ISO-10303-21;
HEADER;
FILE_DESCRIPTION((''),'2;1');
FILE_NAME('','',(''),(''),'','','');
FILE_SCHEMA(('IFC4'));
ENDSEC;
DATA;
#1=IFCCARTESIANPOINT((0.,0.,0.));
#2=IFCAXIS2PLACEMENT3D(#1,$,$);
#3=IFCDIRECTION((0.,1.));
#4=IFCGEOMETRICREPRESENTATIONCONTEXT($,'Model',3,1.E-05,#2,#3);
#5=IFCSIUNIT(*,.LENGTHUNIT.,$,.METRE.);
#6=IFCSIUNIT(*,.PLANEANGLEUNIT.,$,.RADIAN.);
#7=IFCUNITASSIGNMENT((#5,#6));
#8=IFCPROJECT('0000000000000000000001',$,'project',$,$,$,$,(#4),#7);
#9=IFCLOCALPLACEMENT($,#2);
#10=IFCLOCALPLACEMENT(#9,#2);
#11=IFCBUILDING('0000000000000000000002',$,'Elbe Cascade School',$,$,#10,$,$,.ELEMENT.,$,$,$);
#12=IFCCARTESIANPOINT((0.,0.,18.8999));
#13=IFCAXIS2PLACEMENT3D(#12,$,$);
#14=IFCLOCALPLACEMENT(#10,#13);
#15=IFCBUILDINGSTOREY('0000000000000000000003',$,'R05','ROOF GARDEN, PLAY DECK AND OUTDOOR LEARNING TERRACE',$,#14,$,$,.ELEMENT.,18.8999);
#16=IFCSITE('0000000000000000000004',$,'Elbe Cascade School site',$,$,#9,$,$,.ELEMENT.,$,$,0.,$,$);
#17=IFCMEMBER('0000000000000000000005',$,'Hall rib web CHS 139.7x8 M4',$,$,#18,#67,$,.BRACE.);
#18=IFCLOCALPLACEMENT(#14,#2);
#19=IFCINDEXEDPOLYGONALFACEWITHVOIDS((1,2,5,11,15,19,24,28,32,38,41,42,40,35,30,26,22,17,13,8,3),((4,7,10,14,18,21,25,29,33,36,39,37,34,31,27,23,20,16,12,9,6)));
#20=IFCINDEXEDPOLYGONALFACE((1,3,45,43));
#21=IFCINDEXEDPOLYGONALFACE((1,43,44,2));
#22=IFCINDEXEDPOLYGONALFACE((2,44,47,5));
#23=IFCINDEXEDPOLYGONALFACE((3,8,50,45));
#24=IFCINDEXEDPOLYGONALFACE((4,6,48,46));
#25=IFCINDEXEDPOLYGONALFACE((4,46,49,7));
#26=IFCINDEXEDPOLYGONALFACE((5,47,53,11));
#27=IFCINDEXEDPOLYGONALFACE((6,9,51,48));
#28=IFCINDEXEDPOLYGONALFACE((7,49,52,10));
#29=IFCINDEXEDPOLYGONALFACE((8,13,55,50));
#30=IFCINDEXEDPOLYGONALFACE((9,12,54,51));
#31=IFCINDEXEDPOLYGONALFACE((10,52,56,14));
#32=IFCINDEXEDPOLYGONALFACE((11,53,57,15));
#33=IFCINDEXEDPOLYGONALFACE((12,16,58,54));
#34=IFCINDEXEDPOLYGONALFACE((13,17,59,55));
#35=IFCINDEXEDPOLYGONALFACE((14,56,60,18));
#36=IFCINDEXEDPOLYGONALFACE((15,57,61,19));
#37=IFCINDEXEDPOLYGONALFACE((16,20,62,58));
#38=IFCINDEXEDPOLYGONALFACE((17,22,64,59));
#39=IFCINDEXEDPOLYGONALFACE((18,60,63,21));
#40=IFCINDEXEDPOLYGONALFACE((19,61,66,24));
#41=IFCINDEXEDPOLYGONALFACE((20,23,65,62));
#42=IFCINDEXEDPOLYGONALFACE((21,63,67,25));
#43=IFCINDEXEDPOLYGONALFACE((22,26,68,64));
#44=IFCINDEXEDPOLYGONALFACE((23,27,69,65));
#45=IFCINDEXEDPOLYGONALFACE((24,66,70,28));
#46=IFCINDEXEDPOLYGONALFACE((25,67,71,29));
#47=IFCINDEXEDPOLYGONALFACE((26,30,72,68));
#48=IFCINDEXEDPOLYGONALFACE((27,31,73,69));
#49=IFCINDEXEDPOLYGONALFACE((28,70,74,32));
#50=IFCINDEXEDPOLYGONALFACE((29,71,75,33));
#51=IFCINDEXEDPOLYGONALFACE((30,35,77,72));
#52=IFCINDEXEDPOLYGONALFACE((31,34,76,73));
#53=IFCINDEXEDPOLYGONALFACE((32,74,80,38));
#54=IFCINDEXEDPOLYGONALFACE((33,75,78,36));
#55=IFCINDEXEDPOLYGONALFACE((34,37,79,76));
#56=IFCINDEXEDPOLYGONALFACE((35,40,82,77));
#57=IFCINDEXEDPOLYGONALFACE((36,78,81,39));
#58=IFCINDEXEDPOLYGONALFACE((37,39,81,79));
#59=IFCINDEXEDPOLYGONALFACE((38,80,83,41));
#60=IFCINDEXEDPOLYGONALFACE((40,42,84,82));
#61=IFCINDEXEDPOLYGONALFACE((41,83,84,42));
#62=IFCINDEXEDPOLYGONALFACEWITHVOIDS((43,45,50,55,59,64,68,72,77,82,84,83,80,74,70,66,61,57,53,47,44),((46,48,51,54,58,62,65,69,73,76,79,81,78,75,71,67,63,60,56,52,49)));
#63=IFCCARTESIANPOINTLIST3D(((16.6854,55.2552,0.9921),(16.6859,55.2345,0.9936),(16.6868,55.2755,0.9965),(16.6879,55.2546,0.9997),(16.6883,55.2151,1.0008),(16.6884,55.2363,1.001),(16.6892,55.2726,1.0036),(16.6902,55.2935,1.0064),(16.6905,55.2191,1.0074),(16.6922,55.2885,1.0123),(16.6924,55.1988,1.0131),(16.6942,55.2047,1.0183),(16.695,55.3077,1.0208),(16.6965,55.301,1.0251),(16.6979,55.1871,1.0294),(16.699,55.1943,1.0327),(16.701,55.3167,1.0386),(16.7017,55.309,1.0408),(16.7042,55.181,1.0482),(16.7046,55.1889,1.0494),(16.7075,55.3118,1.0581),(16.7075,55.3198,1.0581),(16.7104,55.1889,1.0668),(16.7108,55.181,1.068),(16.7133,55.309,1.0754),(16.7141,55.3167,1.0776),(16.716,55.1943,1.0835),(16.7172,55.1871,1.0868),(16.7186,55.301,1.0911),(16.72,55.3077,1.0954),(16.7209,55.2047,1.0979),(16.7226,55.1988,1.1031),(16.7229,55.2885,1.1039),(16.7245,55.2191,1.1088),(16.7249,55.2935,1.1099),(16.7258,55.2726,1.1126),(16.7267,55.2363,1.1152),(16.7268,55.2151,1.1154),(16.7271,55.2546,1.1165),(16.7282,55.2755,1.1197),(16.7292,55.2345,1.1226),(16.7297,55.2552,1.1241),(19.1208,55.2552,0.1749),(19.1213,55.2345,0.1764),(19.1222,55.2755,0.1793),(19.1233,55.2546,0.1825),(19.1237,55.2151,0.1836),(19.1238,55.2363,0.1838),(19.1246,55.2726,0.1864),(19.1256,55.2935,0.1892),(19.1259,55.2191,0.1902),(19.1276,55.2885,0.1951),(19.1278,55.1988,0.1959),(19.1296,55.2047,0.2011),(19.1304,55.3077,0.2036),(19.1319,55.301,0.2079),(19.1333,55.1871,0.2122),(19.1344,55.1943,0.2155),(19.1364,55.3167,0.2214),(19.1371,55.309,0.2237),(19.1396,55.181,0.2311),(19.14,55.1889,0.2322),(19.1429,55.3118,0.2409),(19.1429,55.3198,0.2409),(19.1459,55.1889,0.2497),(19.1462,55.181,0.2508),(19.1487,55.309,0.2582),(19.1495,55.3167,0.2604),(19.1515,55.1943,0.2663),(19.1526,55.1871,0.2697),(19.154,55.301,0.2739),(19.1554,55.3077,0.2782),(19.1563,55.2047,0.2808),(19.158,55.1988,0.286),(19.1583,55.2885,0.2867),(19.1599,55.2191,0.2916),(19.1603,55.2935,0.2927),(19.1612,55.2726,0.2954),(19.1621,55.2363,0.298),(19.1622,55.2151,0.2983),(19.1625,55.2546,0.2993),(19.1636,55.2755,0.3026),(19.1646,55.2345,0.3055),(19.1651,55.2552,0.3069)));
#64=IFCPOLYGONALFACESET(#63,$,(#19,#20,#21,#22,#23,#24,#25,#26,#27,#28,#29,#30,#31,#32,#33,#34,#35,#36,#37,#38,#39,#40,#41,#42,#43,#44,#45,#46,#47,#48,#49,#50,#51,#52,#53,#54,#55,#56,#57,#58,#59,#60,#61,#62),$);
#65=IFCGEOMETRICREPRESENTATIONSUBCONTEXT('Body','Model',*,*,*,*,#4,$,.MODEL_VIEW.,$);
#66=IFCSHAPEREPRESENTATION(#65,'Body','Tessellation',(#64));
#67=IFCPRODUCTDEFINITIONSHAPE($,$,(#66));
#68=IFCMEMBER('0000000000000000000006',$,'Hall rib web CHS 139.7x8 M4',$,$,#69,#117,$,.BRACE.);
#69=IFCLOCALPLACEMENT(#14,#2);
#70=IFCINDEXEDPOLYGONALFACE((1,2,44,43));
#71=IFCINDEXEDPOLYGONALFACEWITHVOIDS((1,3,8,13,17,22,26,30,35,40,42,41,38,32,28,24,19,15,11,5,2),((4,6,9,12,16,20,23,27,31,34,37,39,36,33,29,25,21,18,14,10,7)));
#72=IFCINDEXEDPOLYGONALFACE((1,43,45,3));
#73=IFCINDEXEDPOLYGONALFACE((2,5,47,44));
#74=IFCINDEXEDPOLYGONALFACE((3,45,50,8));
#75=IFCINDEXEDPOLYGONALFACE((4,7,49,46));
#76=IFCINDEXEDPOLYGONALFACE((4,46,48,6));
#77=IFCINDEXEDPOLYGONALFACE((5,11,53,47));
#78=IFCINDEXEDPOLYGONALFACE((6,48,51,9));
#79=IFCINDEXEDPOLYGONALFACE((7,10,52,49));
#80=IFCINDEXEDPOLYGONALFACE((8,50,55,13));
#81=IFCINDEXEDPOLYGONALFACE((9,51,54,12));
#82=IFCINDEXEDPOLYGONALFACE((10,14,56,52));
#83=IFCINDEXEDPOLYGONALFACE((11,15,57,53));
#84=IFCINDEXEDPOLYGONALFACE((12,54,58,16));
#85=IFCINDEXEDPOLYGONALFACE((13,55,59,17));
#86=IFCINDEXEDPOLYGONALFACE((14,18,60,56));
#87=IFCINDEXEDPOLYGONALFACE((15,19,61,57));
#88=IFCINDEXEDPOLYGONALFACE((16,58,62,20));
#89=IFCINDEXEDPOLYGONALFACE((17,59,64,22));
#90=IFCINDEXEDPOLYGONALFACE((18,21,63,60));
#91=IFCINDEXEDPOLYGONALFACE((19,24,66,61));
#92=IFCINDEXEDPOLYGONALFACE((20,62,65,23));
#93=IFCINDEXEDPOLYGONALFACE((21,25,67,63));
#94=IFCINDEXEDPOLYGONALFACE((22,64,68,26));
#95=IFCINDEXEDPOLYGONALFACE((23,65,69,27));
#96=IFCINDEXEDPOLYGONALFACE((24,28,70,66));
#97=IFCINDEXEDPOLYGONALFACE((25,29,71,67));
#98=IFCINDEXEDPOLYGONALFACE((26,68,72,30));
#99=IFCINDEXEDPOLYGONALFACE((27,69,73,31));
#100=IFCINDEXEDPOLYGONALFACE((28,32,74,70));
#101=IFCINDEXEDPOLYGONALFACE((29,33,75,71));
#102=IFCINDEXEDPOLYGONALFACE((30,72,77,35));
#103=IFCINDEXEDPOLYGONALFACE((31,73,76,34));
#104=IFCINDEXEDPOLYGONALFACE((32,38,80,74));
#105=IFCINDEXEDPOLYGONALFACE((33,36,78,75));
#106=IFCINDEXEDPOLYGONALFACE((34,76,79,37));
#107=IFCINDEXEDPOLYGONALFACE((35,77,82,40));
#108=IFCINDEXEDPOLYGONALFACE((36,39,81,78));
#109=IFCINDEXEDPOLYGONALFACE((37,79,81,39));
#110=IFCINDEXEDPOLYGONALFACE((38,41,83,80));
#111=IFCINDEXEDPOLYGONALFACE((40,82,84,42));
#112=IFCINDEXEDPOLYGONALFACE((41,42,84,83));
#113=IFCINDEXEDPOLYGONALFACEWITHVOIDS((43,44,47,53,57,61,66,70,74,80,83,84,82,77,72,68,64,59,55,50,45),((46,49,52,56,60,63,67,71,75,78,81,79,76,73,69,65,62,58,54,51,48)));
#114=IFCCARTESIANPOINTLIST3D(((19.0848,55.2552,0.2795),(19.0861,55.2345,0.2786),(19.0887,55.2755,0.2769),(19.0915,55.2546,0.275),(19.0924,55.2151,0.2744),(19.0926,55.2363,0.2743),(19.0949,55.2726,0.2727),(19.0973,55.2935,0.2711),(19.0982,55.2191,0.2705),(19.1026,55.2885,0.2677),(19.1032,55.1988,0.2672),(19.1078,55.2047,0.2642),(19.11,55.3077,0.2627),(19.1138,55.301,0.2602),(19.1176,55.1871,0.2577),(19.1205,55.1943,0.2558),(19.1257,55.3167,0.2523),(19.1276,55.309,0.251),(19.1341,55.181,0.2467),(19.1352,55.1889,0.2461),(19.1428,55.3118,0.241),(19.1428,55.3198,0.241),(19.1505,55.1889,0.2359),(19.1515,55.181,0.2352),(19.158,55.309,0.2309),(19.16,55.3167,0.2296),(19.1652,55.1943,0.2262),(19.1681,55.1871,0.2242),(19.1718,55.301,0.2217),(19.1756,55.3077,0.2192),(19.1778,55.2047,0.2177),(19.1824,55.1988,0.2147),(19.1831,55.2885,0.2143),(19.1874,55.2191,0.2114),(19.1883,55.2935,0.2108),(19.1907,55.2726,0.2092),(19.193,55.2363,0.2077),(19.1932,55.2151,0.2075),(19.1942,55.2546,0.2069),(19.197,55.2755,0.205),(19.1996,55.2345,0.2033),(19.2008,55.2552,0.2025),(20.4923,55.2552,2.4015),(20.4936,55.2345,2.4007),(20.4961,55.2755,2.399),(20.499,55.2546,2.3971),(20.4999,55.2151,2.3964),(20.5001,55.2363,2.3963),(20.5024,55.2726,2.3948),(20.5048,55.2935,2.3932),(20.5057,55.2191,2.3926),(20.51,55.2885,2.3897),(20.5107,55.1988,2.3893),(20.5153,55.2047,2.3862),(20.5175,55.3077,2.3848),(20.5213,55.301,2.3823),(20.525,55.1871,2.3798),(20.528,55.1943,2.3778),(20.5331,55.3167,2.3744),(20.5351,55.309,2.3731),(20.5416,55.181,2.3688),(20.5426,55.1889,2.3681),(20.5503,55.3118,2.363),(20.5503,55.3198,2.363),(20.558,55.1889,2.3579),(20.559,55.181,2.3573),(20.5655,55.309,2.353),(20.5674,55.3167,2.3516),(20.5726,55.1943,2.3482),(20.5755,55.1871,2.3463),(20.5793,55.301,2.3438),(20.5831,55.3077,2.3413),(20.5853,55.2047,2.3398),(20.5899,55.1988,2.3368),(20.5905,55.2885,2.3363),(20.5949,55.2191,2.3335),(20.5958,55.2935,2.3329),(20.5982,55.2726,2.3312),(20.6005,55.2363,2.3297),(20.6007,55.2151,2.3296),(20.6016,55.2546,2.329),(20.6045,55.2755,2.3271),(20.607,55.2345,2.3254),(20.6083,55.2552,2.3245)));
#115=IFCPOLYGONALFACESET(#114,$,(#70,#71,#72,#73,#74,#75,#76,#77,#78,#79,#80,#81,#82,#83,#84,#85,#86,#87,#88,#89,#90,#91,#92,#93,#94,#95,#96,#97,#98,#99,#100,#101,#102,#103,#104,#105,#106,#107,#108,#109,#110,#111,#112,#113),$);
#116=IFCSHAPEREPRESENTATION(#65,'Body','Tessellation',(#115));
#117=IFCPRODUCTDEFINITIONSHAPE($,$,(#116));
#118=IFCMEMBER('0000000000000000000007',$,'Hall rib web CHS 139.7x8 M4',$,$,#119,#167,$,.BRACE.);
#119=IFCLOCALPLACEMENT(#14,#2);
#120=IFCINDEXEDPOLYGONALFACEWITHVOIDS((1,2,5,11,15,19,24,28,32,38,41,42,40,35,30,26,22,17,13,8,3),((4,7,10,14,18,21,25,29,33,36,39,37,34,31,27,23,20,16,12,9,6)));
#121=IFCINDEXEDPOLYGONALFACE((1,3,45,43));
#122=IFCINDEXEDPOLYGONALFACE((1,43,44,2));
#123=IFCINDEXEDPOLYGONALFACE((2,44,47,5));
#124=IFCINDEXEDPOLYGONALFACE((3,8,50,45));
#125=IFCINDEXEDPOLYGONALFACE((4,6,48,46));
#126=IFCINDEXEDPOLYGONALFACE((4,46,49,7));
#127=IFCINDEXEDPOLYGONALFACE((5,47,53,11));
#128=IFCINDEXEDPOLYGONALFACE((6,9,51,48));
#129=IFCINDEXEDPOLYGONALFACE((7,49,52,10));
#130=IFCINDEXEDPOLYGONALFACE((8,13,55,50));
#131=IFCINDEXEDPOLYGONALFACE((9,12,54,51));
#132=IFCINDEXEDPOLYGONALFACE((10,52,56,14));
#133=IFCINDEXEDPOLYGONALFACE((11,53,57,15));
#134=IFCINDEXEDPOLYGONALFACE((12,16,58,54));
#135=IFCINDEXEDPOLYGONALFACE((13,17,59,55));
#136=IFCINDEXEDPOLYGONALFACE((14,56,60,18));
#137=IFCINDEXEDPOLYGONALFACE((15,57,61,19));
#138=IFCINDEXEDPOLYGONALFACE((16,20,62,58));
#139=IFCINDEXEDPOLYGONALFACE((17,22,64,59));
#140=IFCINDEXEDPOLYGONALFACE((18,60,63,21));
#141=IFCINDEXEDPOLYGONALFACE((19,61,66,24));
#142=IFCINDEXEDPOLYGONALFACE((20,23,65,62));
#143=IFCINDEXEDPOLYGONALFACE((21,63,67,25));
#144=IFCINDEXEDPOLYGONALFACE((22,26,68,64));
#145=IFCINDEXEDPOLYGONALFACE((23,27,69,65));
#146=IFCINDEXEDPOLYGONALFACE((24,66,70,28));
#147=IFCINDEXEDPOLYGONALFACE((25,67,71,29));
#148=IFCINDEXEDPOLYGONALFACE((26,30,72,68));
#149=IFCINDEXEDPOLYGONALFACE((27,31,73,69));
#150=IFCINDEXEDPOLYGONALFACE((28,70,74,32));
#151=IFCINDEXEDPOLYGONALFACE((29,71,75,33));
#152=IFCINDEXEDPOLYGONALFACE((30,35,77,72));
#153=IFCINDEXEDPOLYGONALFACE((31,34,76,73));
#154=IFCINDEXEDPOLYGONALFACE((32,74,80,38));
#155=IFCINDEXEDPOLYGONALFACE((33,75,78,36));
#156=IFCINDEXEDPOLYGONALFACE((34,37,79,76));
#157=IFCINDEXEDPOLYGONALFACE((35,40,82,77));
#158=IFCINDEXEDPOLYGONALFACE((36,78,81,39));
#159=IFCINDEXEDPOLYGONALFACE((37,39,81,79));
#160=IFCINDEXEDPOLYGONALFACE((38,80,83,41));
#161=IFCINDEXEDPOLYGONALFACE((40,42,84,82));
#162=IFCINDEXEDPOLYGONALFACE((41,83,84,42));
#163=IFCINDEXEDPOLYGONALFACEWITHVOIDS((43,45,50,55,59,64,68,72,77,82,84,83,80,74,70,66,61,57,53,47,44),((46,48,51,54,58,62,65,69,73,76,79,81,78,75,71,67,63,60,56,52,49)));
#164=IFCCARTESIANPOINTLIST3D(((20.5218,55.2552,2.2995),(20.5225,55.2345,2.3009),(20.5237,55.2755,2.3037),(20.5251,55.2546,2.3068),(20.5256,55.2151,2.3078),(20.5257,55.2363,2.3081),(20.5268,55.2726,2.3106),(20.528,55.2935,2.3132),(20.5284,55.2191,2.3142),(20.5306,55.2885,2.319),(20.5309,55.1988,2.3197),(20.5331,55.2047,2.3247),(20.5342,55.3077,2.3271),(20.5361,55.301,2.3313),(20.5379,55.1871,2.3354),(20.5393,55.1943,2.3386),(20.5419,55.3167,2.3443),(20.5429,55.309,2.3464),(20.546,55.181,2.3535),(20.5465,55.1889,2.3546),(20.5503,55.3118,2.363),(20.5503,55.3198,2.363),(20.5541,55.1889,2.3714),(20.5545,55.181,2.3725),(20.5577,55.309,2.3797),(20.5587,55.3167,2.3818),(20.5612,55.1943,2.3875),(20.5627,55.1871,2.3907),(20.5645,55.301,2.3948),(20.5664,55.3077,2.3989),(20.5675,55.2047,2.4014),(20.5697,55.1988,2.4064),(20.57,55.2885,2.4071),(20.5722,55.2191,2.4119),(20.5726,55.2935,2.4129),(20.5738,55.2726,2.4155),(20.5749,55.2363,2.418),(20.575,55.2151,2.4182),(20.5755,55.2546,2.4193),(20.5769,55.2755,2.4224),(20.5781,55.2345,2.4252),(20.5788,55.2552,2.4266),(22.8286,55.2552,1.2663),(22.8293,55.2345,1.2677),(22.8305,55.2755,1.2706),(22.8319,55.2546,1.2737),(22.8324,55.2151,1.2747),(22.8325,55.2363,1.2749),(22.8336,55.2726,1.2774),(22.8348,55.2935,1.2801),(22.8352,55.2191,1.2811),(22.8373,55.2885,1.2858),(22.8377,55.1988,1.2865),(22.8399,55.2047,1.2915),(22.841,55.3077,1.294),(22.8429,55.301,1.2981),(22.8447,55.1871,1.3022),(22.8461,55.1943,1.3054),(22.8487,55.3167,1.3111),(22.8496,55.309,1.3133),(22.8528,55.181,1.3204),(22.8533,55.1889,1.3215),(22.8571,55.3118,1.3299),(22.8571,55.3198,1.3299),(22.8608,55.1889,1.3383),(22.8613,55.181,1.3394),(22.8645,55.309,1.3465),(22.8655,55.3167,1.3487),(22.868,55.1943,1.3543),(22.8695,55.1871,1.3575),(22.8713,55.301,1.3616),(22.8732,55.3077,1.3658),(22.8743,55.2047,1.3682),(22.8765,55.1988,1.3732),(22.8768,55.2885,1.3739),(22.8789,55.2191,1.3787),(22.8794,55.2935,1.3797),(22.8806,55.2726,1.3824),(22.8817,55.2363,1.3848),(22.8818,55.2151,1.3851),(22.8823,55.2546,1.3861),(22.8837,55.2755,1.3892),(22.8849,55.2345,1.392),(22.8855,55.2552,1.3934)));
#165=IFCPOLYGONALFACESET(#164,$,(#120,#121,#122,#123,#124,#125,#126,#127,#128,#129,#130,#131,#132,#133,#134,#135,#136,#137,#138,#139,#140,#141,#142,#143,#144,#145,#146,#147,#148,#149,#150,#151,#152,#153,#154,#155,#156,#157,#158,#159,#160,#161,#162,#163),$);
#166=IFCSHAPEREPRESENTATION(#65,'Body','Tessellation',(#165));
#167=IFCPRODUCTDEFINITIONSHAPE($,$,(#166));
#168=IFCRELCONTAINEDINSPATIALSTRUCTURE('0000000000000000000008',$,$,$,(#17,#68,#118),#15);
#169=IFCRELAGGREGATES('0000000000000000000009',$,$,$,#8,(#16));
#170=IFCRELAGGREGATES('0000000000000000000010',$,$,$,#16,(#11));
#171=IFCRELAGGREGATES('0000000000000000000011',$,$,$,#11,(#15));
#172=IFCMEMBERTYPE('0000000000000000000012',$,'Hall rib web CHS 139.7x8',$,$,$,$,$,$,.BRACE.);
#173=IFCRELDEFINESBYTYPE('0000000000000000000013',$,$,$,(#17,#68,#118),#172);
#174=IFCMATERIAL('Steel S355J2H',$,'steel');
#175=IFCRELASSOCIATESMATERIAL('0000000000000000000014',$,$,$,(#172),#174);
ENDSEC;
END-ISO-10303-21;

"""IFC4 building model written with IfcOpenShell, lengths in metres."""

from ifc_helpers import new_model, si_unit, direction, frame, origin, origin_2d, place, context, subcontext, project, spatial, hollow_circle, extrude, material, material_profile, profile_set, type_object, element, save


model = new_model("IFC4")

# Units and contexts
model_context = context("Model", 3, precision=1e-05, world=origin(), true_north=direction((0.0, 1.0)))
body_context = subcontext(model_context, "Body", "Model", "MODEL_VIEW")
ifc_project = project(units=[si_unit("LENGTHUNIT", "METRE"), si_unit("PLANEANGLEUNIT", "RADIAN")], contexts=[model_context])

# Site, building, storey
site_placement = place(None, origin())
site = spatial("IfcSite", under=ifc_project, at=site_placement, Name="Elbe Cascade School site", CompositionType="ELEMENT", RefElevation=0.0)
building_placement = place(site_placement, origin())
building = spatial("IfcBuilding", under=site, at=building_placement, Name="Elbe Cascade School", CompositionType="ELEMENT")
storey_placement = place(building_placement, frame((0.0, 0.0, 18.8999)))
storey = spatial("IfcBuildingStorey", under=building, at=storey_placement, Name="R05", Description="ROOF GARDEN, PLAY DECK AND OUTDOOR LEARNING TERRACE", CompositionType="ELEMENT", Elevation=18.8999)

# Members
ifc_material_1 = material(Name="Steel S355J2H", Category="steel")
ifc_material_profile_1 = material_profile(ifc_material_1, hollow_circle(Radius=0.0698, WallThickness=0.0081, at=origin_2d()), Name="CHS 139.7x8")
ifc_profile_set_1 = profile_set([ifc_material_profile_1], Name="Steel S355J2H")
member_type_1 = type_object("IfcMemberType", Name="Hall rib web CHS 139.7x8", PredefinedType="BRACE", material=ifc_profile_set_1)
member_1_placement = place(storey_placement, frame((16.7075, 55.25, 1.0581), z_axis=(0.948054, 0.0, -0.318109), x_axis=(0.0, 1.0, 0.0)))
element("IfcMember", 1, at=member_1_placement, inside=storey, type_object=member_type_1, Name="Hall rib web CHS 139.7x8 M4", PredefinedType="BRACE", context=body_context, shape_type="SweptSolid", body=[
    extrude(hollow_circle(Radius=0.0698, WallThickness=0.0081, at=origin_2d()), origin(), (0.0, 0.0, 1.0), 2.5688),
])
member_2_placement = place(storey_placement, frame((19.1428, 55.25, 0.241), z_axis=(0.552729, 0.0, 0.833361), x_axis=(0.0, 1.0, 0.0)))
element("IfcMember", 2, at=member_2_placement, inside=storey, type_object=member_type_1, Name="Hall rib web CHS 139.7x8 M4", PredefinedType="BRACE", context=body_context, shape_type="SweptSolid", body=[
    extrude(hollow_circle(Radius=0.0698, WallThickness=0.0081, at=origin_2d()), origin(), (0.0, 0.0, 1.0), 2.5464),
])
member_3_placement = place(storey_placement, frame((20.5503, 55.25, 2.363), z_axis=(0.912645, 0.0, -0.408754), x_axis=(0.0, 1.0, 0.0)))
element("IfcMember", 3, at=member_3_placement, inside=storey, type_object=member_type_1, Name="Hall rib web CHS 139.7x8 M4", PredefinedType="BRACE", context=body_context, shape_type="SweptSolid", body=[
    extrude(hollow_circle(Radius=0.0698, WallThickness=0.0081, at=origin_2d()), origin(), (0.0, 0.0, 1.0), 2.5276),
])

save(model, "model.ifc")
